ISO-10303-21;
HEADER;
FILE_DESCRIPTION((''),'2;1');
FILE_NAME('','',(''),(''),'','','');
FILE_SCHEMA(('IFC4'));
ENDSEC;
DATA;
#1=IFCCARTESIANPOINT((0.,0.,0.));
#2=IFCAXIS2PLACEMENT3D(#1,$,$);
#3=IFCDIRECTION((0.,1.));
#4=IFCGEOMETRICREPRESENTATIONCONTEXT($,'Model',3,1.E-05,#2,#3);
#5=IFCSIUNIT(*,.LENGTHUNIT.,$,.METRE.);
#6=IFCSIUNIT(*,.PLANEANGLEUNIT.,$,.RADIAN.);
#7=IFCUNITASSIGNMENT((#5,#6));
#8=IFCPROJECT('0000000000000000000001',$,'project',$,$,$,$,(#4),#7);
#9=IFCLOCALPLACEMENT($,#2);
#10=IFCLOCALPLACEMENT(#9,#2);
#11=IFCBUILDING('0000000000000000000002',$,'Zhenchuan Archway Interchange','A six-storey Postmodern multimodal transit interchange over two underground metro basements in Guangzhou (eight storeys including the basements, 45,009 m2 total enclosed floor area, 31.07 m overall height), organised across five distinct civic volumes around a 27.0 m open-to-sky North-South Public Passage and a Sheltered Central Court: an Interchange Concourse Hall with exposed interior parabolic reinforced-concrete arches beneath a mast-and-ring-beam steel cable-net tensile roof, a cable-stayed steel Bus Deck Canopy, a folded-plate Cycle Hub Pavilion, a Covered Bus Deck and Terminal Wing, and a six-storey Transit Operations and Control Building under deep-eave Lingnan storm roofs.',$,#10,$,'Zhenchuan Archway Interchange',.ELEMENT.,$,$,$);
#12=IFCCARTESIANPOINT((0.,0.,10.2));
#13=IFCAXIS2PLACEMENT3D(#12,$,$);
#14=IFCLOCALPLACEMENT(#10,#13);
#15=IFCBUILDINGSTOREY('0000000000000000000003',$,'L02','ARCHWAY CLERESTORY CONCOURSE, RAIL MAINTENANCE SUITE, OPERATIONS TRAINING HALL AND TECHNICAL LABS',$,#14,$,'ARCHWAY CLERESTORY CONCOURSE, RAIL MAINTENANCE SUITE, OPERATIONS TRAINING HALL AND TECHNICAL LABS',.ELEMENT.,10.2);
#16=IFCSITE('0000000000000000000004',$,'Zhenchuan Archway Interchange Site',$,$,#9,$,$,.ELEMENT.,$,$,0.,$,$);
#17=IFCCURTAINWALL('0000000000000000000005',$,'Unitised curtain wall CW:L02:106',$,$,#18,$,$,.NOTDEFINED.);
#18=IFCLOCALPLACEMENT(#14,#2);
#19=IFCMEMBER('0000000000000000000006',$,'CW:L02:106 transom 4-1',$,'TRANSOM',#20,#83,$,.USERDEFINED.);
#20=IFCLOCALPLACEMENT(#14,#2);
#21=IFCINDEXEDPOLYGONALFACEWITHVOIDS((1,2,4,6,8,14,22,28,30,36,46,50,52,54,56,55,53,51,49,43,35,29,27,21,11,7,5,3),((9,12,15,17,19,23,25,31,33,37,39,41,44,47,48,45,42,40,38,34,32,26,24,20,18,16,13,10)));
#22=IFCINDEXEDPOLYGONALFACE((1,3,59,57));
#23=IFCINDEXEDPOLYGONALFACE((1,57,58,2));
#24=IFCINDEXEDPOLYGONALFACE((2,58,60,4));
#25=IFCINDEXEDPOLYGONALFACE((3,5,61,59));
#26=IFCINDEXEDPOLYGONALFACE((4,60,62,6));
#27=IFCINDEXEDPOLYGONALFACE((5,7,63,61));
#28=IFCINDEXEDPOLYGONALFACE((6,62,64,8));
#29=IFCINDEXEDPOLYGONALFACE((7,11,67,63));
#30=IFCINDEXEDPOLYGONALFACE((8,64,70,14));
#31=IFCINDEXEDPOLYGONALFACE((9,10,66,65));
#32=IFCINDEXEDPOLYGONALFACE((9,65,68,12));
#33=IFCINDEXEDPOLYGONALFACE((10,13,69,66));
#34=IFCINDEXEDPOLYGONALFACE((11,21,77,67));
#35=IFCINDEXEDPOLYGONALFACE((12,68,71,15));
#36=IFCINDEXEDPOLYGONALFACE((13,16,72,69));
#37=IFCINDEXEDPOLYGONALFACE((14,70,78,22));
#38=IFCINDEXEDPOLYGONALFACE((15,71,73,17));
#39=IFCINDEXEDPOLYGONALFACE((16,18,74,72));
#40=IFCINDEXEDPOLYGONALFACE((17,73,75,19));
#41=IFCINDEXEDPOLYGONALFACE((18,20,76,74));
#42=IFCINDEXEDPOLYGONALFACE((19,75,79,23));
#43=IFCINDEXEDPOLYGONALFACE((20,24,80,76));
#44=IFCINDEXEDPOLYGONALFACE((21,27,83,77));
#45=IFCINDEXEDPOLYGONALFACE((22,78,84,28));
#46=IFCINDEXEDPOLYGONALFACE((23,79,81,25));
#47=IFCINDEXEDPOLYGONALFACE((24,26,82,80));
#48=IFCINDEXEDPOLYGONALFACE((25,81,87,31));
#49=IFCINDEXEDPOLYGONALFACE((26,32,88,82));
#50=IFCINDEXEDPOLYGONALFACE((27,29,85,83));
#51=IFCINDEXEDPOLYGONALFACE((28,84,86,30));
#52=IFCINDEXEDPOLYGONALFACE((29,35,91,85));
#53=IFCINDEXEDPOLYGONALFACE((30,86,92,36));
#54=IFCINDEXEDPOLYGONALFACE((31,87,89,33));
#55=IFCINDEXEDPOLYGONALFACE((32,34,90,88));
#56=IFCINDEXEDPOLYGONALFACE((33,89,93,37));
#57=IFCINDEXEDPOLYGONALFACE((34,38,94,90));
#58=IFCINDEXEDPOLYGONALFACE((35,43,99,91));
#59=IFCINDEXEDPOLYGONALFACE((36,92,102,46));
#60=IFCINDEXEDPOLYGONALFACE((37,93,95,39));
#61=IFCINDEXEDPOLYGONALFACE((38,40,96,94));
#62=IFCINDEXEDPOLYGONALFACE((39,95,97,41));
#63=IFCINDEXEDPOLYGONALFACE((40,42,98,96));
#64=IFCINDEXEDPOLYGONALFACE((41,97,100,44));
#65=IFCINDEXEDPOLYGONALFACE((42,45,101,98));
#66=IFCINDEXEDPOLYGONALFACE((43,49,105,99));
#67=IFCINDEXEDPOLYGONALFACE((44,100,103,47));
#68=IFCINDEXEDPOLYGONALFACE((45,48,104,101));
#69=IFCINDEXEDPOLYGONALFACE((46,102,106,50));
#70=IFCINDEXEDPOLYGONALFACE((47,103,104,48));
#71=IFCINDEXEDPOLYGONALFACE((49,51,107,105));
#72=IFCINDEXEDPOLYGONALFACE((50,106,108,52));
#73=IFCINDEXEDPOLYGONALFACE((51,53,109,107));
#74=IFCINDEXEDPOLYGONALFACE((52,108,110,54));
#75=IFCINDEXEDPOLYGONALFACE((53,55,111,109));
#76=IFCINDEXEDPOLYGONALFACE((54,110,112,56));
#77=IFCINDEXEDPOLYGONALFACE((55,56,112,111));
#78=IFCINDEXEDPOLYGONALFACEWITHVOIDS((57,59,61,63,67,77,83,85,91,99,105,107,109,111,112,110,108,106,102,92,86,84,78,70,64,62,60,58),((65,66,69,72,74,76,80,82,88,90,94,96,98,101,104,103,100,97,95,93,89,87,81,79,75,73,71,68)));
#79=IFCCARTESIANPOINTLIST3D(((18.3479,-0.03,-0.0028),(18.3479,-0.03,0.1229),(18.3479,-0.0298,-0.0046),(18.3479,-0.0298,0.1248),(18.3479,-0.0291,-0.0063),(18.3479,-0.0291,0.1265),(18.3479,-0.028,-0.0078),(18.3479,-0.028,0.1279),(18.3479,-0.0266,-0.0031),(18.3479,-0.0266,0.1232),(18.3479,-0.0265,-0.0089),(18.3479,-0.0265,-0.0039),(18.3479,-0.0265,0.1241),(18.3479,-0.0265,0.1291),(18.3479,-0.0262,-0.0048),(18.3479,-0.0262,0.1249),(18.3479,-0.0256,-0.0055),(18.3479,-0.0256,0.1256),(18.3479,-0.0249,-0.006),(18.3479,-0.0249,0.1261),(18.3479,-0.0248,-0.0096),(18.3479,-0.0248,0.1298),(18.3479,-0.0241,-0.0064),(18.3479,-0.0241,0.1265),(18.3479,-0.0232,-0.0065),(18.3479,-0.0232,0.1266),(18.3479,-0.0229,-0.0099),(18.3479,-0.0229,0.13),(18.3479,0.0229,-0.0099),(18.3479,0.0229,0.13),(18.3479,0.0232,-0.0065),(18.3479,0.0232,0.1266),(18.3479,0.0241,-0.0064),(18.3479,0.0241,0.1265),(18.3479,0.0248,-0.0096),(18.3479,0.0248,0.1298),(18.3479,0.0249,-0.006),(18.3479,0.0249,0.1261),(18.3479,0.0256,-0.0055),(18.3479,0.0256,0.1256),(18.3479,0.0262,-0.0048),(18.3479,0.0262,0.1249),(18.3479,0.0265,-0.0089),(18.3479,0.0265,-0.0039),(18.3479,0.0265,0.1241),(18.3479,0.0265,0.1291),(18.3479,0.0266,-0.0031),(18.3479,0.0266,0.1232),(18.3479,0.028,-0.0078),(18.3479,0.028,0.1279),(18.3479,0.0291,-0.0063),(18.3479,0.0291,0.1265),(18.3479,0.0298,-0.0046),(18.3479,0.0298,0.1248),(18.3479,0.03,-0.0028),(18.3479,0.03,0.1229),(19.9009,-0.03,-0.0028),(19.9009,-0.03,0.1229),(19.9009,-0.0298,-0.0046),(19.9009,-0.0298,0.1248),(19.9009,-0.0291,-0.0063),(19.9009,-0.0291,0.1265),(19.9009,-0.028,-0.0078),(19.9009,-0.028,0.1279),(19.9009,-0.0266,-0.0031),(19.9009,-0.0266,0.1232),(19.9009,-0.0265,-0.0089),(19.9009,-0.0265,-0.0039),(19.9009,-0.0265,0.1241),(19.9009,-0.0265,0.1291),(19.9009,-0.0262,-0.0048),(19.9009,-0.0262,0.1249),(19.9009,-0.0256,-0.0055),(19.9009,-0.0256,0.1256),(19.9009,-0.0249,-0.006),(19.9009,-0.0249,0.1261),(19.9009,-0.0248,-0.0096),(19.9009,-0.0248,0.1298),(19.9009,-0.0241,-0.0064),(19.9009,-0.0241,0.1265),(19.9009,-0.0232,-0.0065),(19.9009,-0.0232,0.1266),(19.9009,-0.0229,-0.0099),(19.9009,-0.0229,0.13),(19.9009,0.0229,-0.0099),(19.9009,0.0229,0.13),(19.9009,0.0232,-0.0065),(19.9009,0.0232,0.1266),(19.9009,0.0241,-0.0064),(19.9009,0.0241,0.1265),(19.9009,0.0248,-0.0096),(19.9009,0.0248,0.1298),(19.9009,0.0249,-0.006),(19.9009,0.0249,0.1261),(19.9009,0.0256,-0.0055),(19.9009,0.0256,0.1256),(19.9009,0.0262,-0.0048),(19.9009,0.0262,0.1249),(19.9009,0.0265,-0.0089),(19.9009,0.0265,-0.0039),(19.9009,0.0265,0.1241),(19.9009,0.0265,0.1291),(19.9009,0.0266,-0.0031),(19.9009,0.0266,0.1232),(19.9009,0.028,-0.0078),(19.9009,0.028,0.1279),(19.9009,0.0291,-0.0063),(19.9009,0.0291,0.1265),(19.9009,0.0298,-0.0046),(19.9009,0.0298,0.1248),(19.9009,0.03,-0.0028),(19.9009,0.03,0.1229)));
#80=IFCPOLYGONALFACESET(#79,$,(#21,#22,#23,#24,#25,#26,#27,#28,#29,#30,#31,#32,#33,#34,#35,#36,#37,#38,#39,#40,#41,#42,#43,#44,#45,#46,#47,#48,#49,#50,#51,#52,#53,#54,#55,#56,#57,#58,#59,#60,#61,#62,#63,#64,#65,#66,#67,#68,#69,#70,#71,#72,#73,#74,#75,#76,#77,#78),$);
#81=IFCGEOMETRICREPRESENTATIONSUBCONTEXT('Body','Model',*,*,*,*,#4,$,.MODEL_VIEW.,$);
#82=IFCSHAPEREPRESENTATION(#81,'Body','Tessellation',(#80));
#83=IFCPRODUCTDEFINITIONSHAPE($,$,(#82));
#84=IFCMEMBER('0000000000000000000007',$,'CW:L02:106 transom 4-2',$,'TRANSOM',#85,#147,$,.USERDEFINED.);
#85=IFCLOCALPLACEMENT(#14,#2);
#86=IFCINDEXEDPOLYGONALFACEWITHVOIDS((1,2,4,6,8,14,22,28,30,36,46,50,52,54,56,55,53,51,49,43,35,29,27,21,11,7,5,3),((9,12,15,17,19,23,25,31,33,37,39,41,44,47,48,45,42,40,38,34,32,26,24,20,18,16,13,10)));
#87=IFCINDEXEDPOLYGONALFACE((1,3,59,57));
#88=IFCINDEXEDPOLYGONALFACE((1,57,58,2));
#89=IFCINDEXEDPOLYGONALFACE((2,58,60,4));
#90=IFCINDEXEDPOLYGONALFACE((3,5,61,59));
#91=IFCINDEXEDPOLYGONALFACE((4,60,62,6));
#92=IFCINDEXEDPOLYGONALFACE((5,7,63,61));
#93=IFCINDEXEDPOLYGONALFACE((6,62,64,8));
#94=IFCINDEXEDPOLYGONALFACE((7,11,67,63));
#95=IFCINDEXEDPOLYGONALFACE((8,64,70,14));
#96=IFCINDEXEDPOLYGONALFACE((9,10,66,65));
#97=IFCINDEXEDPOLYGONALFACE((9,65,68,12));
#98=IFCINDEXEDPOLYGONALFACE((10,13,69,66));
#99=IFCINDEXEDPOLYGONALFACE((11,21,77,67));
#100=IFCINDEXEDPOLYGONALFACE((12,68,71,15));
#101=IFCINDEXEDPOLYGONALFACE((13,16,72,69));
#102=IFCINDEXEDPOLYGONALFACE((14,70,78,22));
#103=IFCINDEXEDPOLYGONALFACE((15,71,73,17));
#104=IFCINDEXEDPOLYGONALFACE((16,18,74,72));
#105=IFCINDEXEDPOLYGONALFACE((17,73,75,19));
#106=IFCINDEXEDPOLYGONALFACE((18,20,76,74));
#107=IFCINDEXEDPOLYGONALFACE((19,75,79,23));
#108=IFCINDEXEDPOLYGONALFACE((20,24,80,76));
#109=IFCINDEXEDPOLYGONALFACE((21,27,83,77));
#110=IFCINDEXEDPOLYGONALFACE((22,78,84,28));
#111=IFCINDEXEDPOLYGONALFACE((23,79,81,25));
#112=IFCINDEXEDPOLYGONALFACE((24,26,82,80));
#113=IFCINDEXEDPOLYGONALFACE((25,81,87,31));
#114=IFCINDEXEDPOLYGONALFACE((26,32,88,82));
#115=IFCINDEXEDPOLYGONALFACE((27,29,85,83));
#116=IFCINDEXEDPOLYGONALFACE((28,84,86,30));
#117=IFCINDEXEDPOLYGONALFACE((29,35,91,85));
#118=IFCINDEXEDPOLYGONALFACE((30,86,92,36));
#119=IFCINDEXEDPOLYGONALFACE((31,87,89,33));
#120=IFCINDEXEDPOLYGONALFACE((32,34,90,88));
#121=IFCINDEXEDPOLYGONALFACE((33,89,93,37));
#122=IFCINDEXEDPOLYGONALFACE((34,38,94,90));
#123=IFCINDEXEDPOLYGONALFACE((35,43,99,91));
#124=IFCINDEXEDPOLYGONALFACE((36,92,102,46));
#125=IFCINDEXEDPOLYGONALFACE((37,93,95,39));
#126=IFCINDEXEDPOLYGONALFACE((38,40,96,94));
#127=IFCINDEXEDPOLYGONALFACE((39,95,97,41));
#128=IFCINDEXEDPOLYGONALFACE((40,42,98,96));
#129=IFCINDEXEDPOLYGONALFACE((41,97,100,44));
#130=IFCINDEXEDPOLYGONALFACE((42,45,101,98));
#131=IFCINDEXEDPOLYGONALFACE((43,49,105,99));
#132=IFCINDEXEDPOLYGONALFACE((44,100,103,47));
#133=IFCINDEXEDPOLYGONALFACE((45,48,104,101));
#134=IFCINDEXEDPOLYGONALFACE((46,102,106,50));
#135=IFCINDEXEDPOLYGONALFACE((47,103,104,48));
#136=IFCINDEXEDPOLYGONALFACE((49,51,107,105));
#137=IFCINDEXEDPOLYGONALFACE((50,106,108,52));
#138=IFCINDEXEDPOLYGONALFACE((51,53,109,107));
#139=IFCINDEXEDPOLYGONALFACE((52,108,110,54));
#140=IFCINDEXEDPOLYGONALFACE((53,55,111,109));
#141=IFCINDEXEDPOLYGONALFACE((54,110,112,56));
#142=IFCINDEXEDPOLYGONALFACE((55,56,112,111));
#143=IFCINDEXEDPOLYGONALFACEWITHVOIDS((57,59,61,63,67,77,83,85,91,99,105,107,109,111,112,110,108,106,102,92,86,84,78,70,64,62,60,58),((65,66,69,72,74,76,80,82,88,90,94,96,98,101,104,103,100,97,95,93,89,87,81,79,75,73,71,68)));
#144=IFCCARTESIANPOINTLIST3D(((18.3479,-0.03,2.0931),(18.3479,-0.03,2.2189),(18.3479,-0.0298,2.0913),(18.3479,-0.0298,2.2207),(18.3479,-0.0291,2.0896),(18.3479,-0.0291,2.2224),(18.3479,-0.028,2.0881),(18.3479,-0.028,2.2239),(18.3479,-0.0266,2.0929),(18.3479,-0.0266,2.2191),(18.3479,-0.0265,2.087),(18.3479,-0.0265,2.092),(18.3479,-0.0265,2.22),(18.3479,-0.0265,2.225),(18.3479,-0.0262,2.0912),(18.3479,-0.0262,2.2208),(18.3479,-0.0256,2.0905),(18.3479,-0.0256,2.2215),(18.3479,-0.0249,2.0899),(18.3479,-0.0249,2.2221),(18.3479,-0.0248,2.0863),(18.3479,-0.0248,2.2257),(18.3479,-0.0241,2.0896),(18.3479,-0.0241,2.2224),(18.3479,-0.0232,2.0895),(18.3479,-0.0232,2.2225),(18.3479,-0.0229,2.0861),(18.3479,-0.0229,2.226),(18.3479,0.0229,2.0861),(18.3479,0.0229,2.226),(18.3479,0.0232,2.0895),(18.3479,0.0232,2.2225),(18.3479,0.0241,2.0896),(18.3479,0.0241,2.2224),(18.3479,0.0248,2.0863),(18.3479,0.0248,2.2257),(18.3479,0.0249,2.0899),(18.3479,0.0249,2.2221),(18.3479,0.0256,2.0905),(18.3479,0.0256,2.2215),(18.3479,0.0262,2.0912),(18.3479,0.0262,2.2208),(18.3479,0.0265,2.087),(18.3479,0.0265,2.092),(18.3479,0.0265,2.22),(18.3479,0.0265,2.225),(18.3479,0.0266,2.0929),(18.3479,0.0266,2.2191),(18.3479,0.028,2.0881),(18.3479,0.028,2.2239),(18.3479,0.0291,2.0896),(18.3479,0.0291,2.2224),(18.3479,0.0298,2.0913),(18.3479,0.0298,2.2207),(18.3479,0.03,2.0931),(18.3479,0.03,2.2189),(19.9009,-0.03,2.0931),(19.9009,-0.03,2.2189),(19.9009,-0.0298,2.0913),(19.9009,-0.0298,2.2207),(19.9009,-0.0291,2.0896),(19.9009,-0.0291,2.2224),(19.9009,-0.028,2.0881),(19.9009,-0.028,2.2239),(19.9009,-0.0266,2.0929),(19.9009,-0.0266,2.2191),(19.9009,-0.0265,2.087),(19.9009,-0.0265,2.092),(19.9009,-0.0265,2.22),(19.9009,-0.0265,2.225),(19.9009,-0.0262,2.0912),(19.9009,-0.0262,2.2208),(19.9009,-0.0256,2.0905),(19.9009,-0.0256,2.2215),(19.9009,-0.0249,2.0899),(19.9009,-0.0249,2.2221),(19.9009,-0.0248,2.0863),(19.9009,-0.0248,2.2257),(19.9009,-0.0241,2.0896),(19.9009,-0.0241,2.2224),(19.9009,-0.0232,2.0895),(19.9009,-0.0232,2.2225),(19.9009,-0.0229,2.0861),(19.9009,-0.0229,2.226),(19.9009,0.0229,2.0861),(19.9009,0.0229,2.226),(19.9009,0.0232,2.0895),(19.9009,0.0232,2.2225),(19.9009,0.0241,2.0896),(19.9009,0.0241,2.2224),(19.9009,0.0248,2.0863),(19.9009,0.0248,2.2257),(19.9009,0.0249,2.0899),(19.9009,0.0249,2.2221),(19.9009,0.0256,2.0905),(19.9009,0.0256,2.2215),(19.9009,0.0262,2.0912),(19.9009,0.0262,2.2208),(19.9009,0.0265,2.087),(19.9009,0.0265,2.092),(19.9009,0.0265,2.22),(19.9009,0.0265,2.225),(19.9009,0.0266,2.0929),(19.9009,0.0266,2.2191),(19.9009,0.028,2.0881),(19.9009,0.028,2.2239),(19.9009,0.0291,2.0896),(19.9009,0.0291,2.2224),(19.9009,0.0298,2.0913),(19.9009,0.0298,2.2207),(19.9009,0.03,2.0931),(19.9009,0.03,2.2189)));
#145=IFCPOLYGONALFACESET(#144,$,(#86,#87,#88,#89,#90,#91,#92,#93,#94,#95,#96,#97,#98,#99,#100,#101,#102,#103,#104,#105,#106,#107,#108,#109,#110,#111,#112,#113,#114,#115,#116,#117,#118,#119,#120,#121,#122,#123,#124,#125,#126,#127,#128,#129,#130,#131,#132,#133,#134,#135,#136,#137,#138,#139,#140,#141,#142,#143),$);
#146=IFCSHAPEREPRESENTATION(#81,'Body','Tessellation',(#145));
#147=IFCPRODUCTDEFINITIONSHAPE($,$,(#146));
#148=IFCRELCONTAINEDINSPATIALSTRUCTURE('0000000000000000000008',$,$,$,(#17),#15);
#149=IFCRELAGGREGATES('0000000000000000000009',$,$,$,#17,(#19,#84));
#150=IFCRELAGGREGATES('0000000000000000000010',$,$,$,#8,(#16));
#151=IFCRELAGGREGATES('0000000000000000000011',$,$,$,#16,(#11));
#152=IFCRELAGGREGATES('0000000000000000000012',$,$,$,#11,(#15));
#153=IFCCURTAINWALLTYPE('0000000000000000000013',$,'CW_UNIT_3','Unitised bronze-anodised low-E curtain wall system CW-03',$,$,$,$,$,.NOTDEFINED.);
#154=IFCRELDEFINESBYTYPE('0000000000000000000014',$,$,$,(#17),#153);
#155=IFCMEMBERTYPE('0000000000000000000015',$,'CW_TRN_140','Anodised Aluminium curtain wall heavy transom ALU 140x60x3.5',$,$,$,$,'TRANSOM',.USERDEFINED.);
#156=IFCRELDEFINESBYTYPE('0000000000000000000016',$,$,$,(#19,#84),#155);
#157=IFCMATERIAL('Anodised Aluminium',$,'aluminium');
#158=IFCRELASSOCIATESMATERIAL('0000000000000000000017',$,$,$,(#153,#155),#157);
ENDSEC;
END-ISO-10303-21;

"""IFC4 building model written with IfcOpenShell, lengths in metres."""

from ifc_helpers import new_model, si_unit, direction, frame, origin, origin_2d, place, context, subcontext, project, spatial, hollow_rectangle, extrude, material, material_profile, profile_set, type_object, element, aggregate, save


model = new_model("IFC4")

# Units and contexts
model_context = context("Model", 3, precision=1e-05, world=origin(), true_north=direction((0.0, 1.0)))
body_context = subcontext(model_context, "Body", "Model", "MODEL_VIEW")
ifc_project = project(units=[si_unit("LENGTHUNIT", "METRE"), si_unit("PLANEANGLEUNIT", "RADIAN")], contexts=[model_context])

# Site, building, storey
site_placement = place(None, origin())
site = spatial("IfcSite", under=ifc_project, at=site_placement, Name="Zhenchuan Archway Interchange Site", CompositionType="ELEMENT", RefElevation=0.0)
building_placement = place(site_placement, origin())
building = spatial("IfcBuilding", under=site, at=building_placement, Name="Zhenchuan Archway Interchange", Description="A six-storey Postmodern multimodal transit interchange over two underground metro basements in Guangzhou (eight storeys including the basements, 45,009 m2 total enclosed floor area, 31.07 m overall height), organised across five distinct civic volumes around a 27.0 m open-to-sky North-South Public Passage and a Sheltered Central Court: an Interchange Concourse Hall with exposed interior parabolic reinforced-concrete arches beneath a mast-and-ring-beam steel cable-net tensile roof, a cable-stayed steel Bus Deck Canopy, a folded-plate Cycle Hub Pavilion, a Covered Bus Deck and Terminal Wing, and a six-storey Transit Operations and Control Building under deep-eave Lingnan storm roofs.", LongName="Zhenchuan Archway Interchange", CompositionType="ELEMENT")
storey_placement = place(building_placement, frame((0.0, 0.0, 10.2)))
storey = spatial("IfcBuildingStorey", under=building, at=storey_placement, Name="L02", Description="ARCHWAY CLERESTORY CONCOURSE, RAIL MAINTENANCE SUITE, OPERATIONS TRAINING HALL AND TECHNICAL LABS", LongName="ARCHWAY CLERESTORY CONCOURSE, RAIL MAINTENANCE SUITE, OPERATIONS TRAINING HALL AND TECHNICAL LABS", CompositionType="ELEMENT", Elevation=10.2)

# Curtain wall
ifc_material_1 = material(Name="Anodised Aluminium", Category="aluminium")
curtain_wall_type_1 = type_object("IfcCurtainWallType", Name="CW_UNIT_3", Description="Unitised bronze-anodised low-E curtain wall system CW-03", PredefinedType="NOTDEFINED", material=ifc_material_1)
curtain_wall_1_placement = place(storey_placement, origin())
curtain_wall_1 = element("IfcCurtainWall", 1, at=curtain_wall_1_placement, inside=storey, type_object=curtain_wall_type_1, Name="Unitised curtain wall CW:L02:106", PredefinedType="NOTDEFINED")

# Members
ifc_material_profile_1 = material_profile(ifc_material_1, hollow_rectangle(XDim=0.0601, YDim=0.1399, WallThickness=0.0034, InnerFilletRadius=0.0034, OuterFilletRadius=0.0071, at=origin_2d()), Name="ALU 140x60x3.5")
ifc_profile_set_1 = profile_set([ifc_material_profile_1], Name="Anodised Aluminium")
member_type_1 = type_object("IfcMemberType", Name="CW_TRN_140", Description="Anodised Aluminium curtain wall heavy transom ALU 140x60x3.5", ElementType="TRANSOM", PredefinedType="USERDEFINED", material=ifc_profile_set_1)
member_1_placement = place(storey_placement, frame((19.9009, 0.0, 0.0601), z_axis=(-1.0, 0.0, 0.0), x_axis=(0.0, -1.0, 0.0)))
member_1 = element("IfcMember", 2, at=member_1_placement, type_object=member_type_1, Name="CW:L02:106 transom 4-1", ObjectType="TRANSOM", PredefinedType="USERDEFINED", context=body_context, shape_type="SweptSolid", body=[
    extrude(hollow_rectangle(XDim=0.0601, YDim=0.1399, WallThickness=0.0034, InnerFilletRadius=0.0034, OuterFilletRadius=0.0071, at=origin_2d()), origin(), (0.0, 0.0, 1.0), 1.553),
])
member_2_placement = place(storey_placement, frame((19.9009, 0.0, 2.156), z_axis=(-1.0, 0.0, 0.0), x_axis=(0.0, -1.0, 0.0)))
member_2 = element("IfcMember", 3, at=member_2_placement, type_object=member_type_1, Name="CW:L02:106 transom 4-2", ObjectType="TRANSOM", PredefinedType="USERDEFINED", context=body_context, shape_type="SweptSolid", body=[
    extrude(hollow_rectangle(XDim=0.0601, YDim=0.1399, WallThickness=0.0034, InnerFilletRadius=0.0034, OuterFilletRadius=0.0071, at=origin_2d()), origin(), (0.0, 0.0, 1.0), 1.553),
])

aggregate(curtain_wall_1, [member_1, member_2])

save(model, "model.ifc")
